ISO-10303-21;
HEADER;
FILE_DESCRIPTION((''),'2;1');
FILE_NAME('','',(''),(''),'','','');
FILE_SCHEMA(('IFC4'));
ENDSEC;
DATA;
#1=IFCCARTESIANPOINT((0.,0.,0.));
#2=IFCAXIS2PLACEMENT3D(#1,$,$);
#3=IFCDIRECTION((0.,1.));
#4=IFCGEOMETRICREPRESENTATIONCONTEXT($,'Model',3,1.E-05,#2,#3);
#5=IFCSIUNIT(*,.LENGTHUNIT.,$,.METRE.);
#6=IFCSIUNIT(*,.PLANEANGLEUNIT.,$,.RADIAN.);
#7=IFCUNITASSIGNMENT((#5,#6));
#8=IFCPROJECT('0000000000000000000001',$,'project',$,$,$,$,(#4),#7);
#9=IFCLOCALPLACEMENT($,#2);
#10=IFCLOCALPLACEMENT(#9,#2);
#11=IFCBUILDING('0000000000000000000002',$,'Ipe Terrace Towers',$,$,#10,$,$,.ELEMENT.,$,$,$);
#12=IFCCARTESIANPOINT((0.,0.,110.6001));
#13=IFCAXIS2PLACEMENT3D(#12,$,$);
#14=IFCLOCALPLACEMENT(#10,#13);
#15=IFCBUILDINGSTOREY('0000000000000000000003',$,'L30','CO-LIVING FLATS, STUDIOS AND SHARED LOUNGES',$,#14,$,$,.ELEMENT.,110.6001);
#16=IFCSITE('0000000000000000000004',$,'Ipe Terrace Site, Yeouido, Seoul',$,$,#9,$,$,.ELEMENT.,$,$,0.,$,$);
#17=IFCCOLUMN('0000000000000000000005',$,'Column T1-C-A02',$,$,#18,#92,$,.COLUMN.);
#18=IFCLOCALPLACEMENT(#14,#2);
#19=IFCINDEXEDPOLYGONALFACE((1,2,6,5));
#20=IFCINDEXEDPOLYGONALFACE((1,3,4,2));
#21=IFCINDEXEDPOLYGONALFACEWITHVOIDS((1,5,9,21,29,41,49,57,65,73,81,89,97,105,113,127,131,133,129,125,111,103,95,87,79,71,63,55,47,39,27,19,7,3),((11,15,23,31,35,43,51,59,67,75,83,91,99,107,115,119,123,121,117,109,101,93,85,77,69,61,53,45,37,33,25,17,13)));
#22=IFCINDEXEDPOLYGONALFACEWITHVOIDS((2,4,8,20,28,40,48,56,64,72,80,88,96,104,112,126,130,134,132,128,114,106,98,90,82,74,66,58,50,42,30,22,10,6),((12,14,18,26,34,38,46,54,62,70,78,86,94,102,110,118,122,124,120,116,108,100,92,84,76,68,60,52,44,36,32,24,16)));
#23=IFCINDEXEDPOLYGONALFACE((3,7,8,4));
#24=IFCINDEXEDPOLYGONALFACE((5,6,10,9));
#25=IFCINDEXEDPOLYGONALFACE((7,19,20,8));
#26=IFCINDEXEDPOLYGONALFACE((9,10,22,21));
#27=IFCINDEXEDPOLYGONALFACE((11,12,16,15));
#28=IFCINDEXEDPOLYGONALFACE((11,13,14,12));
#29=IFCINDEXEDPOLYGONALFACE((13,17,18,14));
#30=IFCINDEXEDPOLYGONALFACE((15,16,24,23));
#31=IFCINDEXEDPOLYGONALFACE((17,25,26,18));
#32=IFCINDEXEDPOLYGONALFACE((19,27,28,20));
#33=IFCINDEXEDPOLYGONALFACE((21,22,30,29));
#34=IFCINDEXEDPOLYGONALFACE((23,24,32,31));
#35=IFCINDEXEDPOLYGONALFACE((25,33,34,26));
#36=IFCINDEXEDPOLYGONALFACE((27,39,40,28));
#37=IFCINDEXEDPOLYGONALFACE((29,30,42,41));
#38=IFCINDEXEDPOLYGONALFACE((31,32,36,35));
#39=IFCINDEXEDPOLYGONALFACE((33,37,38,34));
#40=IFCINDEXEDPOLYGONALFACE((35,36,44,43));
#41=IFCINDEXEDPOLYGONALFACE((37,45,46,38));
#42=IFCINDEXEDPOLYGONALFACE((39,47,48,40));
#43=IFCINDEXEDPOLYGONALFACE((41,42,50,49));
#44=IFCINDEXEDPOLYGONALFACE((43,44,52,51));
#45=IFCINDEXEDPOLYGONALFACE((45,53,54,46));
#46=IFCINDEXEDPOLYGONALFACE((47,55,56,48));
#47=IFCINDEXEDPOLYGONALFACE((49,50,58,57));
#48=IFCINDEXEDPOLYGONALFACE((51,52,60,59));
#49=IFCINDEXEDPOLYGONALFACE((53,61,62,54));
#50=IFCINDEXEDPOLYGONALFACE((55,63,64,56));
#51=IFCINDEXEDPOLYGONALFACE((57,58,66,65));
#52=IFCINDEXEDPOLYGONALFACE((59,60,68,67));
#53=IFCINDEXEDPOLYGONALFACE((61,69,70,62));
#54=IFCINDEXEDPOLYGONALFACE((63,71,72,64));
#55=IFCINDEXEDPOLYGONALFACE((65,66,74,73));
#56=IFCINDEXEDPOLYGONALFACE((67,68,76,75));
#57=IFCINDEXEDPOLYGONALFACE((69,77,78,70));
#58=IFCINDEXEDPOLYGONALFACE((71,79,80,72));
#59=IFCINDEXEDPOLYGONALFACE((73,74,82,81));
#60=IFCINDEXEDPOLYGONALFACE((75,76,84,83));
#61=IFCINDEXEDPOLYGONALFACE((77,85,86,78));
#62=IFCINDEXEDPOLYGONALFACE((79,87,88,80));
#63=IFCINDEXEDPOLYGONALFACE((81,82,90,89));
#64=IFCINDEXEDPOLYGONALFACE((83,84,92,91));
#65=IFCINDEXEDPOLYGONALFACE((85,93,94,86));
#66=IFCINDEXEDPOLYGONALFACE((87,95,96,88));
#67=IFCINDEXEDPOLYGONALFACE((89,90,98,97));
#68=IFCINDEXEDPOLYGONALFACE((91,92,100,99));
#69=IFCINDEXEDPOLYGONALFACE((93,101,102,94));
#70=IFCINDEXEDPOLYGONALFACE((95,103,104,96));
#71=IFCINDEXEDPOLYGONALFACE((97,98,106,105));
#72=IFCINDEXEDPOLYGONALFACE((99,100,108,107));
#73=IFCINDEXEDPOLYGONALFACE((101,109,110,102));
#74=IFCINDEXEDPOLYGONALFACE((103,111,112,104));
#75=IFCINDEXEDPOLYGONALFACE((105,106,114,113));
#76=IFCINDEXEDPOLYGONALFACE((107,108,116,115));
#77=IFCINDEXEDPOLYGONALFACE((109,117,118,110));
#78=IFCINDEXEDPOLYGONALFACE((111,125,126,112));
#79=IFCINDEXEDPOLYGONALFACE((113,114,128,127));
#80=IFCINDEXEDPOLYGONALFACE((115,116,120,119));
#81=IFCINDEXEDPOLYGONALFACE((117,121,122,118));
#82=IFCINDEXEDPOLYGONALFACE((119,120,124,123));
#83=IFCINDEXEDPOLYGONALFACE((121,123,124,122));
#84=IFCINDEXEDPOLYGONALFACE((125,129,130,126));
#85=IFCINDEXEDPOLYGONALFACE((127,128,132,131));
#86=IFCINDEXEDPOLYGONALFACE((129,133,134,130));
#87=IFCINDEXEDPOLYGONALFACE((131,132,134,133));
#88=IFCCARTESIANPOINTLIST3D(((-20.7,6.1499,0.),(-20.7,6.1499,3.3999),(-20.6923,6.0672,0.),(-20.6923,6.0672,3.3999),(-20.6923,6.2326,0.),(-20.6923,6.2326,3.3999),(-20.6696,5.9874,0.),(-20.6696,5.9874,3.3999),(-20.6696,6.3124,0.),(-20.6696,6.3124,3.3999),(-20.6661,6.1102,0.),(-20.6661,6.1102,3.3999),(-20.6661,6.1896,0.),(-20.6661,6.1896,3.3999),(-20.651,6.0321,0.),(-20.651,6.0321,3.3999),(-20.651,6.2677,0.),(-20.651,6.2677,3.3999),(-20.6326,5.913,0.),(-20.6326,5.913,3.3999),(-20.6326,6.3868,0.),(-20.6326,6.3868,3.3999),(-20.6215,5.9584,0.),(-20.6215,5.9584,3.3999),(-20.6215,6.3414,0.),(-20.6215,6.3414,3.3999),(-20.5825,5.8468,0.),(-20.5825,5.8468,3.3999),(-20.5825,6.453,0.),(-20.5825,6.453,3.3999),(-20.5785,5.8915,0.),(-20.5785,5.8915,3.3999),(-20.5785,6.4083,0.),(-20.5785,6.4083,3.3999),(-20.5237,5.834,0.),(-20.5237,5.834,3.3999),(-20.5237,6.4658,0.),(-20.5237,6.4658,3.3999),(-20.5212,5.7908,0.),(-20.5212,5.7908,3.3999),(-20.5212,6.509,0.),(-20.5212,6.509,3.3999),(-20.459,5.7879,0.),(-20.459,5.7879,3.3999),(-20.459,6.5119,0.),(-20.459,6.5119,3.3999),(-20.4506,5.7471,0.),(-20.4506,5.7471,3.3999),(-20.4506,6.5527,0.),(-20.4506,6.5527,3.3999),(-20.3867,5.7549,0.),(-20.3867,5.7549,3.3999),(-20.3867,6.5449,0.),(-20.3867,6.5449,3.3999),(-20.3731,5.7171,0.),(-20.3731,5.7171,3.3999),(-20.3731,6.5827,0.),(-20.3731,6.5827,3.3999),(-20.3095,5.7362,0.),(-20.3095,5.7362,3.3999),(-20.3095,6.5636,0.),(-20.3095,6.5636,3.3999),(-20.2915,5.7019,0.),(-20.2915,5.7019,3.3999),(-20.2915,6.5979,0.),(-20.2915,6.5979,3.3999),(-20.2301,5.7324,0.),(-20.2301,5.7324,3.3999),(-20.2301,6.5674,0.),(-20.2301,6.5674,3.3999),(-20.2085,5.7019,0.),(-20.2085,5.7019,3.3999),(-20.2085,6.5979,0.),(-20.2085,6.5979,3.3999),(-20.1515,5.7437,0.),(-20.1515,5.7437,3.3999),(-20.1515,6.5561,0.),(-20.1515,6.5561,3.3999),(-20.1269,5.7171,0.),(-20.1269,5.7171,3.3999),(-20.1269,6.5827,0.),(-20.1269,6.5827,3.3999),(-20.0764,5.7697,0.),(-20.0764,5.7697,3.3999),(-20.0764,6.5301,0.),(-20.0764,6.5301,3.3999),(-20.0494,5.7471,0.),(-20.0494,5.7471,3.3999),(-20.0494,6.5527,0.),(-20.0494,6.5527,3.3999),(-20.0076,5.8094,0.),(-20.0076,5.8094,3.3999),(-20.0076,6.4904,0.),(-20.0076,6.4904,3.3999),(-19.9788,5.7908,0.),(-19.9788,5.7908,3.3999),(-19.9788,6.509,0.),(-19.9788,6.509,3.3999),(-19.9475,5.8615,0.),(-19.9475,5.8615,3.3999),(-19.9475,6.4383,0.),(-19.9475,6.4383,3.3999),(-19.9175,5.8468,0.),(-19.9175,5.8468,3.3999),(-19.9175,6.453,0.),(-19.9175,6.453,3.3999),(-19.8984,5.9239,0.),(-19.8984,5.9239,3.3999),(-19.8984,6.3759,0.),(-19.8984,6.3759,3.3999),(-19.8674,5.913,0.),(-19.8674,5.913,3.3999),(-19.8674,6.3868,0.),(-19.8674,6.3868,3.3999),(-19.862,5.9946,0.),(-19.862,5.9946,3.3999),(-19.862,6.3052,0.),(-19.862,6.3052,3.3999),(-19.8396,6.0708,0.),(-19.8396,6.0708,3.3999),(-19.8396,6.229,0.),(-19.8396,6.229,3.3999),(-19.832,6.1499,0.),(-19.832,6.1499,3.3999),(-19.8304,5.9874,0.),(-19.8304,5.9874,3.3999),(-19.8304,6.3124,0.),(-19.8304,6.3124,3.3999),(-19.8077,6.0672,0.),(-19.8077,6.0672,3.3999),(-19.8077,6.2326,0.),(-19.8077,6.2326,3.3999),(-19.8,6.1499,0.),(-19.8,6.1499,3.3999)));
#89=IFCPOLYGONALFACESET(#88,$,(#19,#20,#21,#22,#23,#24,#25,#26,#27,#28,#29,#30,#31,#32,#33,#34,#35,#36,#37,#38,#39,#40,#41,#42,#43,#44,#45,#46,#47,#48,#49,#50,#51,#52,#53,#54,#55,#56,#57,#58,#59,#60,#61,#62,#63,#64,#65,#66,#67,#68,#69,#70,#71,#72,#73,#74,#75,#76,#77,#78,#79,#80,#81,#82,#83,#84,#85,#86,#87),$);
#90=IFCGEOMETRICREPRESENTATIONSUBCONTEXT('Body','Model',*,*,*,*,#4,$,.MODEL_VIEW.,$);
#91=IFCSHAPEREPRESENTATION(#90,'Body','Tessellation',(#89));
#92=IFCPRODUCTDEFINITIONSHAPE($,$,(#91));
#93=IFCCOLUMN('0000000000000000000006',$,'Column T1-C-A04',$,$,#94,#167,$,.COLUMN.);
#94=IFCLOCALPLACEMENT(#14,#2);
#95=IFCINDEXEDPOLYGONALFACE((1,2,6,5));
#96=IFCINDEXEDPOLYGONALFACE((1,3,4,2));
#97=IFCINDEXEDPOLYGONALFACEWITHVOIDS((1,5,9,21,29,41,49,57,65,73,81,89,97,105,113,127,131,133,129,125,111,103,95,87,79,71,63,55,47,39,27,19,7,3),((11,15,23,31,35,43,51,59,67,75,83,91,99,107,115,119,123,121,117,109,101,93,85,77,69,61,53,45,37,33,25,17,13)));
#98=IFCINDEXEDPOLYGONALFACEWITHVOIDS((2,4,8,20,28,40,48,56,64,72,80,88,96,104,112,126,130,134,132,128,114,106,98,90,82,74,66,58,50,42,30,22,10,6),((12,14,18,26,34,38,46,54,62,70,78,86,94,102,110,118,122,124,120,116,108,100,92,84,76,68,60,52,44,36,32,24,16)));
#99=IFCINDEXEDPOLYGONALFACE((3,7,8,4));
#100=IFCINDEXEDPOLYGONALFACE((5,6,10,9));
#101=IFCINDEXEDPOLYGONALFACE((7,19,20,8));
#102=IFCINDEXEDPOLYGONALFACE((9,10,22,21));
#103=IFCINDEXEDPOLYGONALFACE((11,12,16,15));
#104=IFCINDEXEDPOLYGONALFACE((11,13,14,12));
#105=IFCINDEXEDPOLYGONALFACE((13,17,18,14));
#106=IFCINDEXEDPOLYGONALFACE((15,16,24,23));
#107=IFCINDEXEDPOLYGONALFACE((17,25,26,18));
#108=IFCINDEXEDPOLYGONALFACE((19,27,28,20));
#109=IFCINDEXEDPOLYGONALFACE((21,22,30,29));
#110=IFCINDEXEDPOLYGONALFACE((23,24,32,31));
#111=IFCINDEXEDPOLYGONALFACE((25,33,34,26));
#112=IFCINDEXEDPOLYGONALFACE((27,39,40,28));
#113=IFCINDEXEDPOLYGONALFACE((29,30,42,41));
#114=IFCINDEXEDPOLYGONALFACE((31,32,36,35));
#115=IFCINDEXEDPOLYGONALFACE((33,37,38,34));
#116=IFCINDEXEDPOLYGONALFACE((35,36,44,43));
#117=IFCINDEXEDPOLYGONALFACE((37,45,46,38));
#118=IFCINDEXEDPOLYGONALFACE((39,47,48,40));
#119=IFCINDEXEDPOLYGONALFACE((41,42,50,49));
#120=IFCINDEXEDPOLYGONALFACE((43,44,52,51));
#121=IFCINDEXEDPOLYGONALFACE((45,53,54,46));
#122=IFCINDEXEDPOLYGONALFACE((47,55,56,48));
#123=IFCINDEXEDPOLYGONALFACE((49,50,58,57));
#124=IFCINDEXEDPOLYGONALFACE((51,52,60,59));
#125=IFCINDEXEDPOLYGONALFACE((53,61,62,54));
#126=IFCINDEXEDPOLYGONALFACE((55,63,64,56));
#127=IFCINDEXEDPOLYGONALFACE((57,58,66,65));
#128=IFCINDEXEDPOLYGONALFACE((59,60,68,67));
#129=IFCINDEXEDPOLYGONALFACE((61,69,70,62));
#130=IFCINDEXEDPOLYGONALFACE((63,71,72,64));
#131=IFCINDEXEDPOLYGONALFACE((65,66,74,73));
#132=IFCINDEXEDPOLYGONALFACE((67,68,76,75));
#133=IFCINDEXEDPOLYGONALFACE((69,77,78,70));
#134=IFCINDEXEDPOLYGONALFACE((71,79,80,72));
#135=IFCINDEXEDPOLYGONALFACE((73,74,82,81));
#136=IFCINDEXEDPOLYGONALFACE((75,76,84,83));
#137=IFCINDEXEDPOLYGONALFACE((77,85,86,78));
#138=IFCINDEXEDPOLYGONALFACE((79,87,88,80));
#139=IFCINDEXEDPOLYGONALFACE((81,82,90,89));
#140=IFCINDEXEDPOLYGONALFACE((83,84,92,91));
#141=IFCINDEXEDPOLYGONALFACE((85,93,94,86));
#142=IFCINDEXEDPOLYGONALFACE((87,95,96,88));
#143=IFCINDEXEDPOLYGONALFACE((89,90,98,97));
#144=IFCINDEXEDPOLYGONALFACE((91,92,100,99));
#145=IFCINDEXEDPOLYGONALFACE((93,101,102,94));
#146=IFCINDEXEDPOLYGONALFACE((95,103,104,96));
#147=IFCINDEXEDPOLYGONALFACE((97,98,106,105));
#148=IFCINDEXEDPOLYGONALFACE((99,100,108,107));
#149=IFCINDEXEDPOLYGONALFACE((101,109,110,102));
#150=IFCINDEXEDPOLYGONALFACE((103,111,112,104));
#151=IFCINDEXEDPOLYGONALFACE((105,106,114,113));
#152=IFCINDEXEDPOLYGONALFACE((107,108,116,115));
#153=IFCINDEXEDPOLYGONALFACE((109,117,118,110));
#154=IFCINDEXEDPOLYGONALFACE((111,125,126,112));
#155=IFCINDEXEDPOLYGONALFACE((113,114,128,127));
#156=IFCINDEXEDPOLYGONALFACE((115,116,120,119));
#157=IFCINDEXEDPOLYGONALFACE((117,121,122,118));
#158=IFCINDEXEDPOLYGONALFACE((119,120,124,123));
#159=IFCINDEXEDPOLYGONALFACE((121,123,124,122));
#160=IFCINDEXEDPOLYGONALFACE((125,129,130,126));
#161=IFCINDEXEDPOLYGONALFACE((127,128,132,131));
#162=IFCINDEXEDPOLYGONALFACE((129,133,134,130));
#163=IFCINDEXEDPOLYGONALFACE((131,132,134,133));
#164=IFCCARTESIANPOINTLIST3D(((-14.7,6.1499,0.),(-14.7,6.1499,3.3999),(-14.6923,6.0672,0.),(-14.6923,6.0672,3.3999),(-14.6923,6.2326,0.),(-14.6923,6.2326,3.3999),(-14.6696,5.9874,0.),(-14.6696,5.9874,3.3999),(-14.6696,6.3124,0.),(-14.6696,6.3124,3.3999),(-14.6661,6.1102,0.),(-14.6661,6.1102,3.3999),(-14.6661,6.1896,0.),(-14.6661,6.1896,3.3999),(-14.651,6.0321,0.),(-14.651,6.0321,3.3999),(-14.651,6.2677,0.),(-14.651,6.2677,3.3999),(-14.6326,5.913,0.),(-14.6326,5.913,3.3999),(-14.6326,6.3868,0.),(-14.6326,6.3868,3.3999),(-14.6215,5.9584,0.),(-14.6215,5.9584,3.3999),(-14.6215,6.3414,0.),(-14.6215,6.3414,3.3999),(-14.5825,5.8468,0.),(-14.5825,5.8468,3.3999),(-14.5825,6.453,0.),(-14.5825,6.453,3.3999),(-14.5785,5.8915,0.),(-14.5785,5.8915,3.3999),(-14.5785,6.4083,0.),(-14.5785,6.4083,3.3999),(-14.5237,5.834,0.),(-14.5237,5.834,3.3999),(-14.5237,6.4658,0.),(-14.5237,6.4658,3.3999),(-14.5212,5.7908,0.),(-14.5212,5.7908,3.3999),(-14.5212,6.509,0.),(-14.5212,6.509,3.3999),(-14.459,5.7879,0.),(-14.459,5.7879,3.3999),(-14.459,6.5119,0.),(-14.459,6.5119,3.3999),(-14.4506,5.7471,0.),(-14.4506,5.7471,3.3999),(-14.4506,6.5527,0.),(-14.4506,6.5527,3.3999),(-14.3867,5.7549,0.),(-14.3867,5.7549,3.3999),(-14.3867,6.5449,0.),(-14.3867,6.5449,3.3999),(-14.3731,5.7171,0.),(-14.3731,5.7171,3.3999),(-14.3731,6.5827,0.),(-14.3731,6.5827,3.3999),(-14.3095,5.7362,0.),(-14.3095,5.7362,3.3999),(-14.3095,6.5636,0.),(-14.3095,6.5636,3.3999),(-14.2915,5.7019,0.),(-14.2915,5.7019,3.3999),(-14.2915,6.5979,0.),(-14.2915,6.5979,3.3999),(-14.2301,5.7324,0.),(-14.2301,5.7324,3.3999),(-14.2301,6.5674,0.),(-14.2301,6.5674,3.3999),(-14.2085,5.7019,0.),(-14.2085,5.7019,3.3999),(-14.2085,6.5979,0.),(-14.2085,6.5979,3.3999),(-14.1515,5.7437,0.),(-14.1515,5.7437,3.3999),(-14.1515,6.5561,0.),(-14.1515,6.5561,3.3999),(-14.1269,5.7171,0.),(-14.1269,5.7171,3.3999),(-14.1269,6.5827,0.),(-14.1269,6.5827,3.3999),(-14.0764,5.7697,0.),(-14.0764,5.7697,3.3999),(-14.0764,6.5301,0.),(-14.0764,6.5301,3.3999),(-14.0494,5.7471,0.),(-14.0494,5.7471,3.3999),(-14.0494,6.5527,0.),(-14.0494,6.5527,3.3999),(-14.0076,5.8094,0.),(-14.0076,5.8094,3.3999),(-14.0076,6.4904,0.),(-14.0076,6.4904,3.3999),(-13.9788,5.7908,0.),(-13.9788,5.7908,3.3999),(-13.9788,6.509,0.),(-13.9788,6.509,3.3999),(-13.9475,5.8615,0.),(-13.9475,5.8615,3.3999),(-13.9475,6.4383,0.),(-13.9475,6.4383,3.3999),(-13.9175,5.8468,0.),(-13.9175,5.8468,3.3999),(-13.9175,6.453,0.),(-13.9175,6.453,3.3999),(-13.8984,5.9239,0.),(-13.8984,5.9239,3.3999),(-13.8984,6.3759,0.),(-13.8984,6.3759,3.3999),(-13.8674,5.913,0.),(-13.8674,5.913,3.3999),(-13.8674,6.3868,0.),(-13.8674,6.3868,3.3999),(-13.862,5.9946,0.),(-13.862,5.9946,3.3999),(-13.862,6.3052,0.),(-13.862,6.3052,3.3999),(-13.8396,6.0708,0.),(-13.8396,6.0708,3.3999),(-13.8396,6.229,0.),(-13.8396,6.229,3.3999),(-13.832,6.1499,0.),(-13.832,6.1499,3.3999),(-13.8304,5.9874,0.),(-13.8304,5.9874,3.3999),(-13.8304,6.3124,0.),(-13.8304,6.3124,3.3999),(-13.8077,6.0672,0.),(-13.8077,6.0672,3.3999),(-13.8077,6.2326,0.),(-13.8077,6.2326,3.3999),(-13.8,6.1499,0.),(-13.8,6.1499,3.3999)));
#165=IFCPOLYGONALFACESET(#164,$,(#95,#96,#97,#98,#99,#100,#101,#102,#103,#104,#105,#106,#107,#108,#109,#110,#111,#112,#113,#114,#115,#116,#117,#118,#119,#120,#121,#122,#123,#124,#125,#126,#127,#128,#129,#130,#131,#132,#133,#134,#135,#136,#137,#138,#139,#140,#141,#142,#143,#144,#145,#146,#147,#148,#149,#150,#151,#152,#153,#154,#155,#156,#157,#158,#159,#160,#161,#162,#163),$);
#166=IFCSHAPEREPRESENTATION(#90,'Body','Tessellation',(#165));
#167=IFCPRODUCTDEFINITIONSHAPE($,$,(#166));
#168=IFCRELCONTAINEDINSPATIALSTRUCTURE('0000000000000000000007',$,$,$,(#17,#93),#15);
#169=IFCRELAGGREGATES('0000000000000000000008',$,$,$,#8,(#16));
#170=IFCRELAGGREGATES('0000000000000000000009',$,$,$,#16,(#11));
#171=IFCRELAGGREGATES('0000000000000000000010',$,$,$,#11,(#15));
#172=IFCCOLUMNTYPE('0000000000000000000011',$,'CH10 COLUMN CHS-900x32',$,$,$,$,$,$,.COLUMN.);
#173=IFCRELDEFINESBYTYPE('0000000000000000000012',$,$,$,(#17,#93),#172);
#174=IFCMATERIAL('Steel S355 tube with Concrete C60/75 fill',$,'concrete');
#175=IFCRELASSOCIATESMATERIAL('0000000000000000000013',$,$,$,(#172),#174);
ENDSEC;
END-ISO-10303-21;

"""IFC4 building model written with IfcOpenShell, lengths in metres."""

from ifc_helpers import new_model, si_unit, direction, frame, origin, origin_2d, place, context, subcontext, project, spatial, hollow_circle, extrude, material, material_profile, profile_set, type_object, element, save


model = new_model("IFC4")

# Units and contexts
model_context = context("Model", 3, precision=1e-05, world=origin(), true_north=direction((0.0, 1.0)))
body_context = subcontext(model_context, "Body", "Model", "MODEL_VIEW")
ifc_project = project(units=[si_unit("LENGTHUNIT", "METRE"), si_unit("PLANEANGLEUNIT", "RADIAN")], contexts=[model_context])

# Site, building, storey
site_placement = place(None, origin())
site = spatial("IfcSite", under=ifc_project, at=site_placement, Name="Ipe Terrace Site, Yeouido, Seoul", CompositionType="ELEMENT", RefElevation=0.0)
building_placement = place(site_placement, origin())
building = spatial("IfcBuilding", under=site, at=building_placement, Name="Ipe Terrace Towers", CompositionType="ELEMENT")
storey_placement = place(building_placement, frame((0.0, 0.0, 110.6001)))
storey = spatial("IfcBuildingStorey", under=building, at=storey_placement, Name="L30", Description="CO-LIVING FLATS, STUDIOS AND SHARED LOUNGES", CompositionType="ELEMENT", Elevation=110.6001)

# Columns
ifc_material_1 = material(Name="Steel S355 tube with Concrete C60/75 fill", Category="concrete")
ifc_material_profile_1 = material_profile(ifc_material_1, hollow_circle(Radius=0.45, WallThickness=0.032, at=origin_2d()), Name="CHS-900x32")
ifc_profile_set_1 = profile_set([ifc_material_profile_1], Name="Steel S355 tube with Concrete C60/75 fill")
column_type = type_object("IfcColumnType", Name="CH10 COLUMN CHS-900x32", PredefinedType="COLUMN", material=ifc_profile_set_1)
for number, where, z_axis, x_axis, name in (
    (1, (-20.25, 6.1499, 0.0), (0.0, 0.0, 1.0), (1.0, 0.0, 0.0), "Column T1-C-A02"),
    (2, (-14.25, 6.1499, 0.0), (0.0, 0.0, 1.0), (1.0, 0.0, 0.0), "Column T1-C-A04"),
):
    element("IfcColumn", number, at=place(storey_placement, frame(where, z_axis=z_axis, x_axis=x_axis)), inside=storey, type_object=column_type, Name=name, PredefinedType="COLUMN", context=body_context, shape_type="SweptSolid", body=[
        extrude(hollow_circle(Radius=0.45, WallThickness=0.032, at=origin_2d()), origin(), (0.0, 0.0, 1.0), 3.3999),
    ])

save(model, "model.ifc")
